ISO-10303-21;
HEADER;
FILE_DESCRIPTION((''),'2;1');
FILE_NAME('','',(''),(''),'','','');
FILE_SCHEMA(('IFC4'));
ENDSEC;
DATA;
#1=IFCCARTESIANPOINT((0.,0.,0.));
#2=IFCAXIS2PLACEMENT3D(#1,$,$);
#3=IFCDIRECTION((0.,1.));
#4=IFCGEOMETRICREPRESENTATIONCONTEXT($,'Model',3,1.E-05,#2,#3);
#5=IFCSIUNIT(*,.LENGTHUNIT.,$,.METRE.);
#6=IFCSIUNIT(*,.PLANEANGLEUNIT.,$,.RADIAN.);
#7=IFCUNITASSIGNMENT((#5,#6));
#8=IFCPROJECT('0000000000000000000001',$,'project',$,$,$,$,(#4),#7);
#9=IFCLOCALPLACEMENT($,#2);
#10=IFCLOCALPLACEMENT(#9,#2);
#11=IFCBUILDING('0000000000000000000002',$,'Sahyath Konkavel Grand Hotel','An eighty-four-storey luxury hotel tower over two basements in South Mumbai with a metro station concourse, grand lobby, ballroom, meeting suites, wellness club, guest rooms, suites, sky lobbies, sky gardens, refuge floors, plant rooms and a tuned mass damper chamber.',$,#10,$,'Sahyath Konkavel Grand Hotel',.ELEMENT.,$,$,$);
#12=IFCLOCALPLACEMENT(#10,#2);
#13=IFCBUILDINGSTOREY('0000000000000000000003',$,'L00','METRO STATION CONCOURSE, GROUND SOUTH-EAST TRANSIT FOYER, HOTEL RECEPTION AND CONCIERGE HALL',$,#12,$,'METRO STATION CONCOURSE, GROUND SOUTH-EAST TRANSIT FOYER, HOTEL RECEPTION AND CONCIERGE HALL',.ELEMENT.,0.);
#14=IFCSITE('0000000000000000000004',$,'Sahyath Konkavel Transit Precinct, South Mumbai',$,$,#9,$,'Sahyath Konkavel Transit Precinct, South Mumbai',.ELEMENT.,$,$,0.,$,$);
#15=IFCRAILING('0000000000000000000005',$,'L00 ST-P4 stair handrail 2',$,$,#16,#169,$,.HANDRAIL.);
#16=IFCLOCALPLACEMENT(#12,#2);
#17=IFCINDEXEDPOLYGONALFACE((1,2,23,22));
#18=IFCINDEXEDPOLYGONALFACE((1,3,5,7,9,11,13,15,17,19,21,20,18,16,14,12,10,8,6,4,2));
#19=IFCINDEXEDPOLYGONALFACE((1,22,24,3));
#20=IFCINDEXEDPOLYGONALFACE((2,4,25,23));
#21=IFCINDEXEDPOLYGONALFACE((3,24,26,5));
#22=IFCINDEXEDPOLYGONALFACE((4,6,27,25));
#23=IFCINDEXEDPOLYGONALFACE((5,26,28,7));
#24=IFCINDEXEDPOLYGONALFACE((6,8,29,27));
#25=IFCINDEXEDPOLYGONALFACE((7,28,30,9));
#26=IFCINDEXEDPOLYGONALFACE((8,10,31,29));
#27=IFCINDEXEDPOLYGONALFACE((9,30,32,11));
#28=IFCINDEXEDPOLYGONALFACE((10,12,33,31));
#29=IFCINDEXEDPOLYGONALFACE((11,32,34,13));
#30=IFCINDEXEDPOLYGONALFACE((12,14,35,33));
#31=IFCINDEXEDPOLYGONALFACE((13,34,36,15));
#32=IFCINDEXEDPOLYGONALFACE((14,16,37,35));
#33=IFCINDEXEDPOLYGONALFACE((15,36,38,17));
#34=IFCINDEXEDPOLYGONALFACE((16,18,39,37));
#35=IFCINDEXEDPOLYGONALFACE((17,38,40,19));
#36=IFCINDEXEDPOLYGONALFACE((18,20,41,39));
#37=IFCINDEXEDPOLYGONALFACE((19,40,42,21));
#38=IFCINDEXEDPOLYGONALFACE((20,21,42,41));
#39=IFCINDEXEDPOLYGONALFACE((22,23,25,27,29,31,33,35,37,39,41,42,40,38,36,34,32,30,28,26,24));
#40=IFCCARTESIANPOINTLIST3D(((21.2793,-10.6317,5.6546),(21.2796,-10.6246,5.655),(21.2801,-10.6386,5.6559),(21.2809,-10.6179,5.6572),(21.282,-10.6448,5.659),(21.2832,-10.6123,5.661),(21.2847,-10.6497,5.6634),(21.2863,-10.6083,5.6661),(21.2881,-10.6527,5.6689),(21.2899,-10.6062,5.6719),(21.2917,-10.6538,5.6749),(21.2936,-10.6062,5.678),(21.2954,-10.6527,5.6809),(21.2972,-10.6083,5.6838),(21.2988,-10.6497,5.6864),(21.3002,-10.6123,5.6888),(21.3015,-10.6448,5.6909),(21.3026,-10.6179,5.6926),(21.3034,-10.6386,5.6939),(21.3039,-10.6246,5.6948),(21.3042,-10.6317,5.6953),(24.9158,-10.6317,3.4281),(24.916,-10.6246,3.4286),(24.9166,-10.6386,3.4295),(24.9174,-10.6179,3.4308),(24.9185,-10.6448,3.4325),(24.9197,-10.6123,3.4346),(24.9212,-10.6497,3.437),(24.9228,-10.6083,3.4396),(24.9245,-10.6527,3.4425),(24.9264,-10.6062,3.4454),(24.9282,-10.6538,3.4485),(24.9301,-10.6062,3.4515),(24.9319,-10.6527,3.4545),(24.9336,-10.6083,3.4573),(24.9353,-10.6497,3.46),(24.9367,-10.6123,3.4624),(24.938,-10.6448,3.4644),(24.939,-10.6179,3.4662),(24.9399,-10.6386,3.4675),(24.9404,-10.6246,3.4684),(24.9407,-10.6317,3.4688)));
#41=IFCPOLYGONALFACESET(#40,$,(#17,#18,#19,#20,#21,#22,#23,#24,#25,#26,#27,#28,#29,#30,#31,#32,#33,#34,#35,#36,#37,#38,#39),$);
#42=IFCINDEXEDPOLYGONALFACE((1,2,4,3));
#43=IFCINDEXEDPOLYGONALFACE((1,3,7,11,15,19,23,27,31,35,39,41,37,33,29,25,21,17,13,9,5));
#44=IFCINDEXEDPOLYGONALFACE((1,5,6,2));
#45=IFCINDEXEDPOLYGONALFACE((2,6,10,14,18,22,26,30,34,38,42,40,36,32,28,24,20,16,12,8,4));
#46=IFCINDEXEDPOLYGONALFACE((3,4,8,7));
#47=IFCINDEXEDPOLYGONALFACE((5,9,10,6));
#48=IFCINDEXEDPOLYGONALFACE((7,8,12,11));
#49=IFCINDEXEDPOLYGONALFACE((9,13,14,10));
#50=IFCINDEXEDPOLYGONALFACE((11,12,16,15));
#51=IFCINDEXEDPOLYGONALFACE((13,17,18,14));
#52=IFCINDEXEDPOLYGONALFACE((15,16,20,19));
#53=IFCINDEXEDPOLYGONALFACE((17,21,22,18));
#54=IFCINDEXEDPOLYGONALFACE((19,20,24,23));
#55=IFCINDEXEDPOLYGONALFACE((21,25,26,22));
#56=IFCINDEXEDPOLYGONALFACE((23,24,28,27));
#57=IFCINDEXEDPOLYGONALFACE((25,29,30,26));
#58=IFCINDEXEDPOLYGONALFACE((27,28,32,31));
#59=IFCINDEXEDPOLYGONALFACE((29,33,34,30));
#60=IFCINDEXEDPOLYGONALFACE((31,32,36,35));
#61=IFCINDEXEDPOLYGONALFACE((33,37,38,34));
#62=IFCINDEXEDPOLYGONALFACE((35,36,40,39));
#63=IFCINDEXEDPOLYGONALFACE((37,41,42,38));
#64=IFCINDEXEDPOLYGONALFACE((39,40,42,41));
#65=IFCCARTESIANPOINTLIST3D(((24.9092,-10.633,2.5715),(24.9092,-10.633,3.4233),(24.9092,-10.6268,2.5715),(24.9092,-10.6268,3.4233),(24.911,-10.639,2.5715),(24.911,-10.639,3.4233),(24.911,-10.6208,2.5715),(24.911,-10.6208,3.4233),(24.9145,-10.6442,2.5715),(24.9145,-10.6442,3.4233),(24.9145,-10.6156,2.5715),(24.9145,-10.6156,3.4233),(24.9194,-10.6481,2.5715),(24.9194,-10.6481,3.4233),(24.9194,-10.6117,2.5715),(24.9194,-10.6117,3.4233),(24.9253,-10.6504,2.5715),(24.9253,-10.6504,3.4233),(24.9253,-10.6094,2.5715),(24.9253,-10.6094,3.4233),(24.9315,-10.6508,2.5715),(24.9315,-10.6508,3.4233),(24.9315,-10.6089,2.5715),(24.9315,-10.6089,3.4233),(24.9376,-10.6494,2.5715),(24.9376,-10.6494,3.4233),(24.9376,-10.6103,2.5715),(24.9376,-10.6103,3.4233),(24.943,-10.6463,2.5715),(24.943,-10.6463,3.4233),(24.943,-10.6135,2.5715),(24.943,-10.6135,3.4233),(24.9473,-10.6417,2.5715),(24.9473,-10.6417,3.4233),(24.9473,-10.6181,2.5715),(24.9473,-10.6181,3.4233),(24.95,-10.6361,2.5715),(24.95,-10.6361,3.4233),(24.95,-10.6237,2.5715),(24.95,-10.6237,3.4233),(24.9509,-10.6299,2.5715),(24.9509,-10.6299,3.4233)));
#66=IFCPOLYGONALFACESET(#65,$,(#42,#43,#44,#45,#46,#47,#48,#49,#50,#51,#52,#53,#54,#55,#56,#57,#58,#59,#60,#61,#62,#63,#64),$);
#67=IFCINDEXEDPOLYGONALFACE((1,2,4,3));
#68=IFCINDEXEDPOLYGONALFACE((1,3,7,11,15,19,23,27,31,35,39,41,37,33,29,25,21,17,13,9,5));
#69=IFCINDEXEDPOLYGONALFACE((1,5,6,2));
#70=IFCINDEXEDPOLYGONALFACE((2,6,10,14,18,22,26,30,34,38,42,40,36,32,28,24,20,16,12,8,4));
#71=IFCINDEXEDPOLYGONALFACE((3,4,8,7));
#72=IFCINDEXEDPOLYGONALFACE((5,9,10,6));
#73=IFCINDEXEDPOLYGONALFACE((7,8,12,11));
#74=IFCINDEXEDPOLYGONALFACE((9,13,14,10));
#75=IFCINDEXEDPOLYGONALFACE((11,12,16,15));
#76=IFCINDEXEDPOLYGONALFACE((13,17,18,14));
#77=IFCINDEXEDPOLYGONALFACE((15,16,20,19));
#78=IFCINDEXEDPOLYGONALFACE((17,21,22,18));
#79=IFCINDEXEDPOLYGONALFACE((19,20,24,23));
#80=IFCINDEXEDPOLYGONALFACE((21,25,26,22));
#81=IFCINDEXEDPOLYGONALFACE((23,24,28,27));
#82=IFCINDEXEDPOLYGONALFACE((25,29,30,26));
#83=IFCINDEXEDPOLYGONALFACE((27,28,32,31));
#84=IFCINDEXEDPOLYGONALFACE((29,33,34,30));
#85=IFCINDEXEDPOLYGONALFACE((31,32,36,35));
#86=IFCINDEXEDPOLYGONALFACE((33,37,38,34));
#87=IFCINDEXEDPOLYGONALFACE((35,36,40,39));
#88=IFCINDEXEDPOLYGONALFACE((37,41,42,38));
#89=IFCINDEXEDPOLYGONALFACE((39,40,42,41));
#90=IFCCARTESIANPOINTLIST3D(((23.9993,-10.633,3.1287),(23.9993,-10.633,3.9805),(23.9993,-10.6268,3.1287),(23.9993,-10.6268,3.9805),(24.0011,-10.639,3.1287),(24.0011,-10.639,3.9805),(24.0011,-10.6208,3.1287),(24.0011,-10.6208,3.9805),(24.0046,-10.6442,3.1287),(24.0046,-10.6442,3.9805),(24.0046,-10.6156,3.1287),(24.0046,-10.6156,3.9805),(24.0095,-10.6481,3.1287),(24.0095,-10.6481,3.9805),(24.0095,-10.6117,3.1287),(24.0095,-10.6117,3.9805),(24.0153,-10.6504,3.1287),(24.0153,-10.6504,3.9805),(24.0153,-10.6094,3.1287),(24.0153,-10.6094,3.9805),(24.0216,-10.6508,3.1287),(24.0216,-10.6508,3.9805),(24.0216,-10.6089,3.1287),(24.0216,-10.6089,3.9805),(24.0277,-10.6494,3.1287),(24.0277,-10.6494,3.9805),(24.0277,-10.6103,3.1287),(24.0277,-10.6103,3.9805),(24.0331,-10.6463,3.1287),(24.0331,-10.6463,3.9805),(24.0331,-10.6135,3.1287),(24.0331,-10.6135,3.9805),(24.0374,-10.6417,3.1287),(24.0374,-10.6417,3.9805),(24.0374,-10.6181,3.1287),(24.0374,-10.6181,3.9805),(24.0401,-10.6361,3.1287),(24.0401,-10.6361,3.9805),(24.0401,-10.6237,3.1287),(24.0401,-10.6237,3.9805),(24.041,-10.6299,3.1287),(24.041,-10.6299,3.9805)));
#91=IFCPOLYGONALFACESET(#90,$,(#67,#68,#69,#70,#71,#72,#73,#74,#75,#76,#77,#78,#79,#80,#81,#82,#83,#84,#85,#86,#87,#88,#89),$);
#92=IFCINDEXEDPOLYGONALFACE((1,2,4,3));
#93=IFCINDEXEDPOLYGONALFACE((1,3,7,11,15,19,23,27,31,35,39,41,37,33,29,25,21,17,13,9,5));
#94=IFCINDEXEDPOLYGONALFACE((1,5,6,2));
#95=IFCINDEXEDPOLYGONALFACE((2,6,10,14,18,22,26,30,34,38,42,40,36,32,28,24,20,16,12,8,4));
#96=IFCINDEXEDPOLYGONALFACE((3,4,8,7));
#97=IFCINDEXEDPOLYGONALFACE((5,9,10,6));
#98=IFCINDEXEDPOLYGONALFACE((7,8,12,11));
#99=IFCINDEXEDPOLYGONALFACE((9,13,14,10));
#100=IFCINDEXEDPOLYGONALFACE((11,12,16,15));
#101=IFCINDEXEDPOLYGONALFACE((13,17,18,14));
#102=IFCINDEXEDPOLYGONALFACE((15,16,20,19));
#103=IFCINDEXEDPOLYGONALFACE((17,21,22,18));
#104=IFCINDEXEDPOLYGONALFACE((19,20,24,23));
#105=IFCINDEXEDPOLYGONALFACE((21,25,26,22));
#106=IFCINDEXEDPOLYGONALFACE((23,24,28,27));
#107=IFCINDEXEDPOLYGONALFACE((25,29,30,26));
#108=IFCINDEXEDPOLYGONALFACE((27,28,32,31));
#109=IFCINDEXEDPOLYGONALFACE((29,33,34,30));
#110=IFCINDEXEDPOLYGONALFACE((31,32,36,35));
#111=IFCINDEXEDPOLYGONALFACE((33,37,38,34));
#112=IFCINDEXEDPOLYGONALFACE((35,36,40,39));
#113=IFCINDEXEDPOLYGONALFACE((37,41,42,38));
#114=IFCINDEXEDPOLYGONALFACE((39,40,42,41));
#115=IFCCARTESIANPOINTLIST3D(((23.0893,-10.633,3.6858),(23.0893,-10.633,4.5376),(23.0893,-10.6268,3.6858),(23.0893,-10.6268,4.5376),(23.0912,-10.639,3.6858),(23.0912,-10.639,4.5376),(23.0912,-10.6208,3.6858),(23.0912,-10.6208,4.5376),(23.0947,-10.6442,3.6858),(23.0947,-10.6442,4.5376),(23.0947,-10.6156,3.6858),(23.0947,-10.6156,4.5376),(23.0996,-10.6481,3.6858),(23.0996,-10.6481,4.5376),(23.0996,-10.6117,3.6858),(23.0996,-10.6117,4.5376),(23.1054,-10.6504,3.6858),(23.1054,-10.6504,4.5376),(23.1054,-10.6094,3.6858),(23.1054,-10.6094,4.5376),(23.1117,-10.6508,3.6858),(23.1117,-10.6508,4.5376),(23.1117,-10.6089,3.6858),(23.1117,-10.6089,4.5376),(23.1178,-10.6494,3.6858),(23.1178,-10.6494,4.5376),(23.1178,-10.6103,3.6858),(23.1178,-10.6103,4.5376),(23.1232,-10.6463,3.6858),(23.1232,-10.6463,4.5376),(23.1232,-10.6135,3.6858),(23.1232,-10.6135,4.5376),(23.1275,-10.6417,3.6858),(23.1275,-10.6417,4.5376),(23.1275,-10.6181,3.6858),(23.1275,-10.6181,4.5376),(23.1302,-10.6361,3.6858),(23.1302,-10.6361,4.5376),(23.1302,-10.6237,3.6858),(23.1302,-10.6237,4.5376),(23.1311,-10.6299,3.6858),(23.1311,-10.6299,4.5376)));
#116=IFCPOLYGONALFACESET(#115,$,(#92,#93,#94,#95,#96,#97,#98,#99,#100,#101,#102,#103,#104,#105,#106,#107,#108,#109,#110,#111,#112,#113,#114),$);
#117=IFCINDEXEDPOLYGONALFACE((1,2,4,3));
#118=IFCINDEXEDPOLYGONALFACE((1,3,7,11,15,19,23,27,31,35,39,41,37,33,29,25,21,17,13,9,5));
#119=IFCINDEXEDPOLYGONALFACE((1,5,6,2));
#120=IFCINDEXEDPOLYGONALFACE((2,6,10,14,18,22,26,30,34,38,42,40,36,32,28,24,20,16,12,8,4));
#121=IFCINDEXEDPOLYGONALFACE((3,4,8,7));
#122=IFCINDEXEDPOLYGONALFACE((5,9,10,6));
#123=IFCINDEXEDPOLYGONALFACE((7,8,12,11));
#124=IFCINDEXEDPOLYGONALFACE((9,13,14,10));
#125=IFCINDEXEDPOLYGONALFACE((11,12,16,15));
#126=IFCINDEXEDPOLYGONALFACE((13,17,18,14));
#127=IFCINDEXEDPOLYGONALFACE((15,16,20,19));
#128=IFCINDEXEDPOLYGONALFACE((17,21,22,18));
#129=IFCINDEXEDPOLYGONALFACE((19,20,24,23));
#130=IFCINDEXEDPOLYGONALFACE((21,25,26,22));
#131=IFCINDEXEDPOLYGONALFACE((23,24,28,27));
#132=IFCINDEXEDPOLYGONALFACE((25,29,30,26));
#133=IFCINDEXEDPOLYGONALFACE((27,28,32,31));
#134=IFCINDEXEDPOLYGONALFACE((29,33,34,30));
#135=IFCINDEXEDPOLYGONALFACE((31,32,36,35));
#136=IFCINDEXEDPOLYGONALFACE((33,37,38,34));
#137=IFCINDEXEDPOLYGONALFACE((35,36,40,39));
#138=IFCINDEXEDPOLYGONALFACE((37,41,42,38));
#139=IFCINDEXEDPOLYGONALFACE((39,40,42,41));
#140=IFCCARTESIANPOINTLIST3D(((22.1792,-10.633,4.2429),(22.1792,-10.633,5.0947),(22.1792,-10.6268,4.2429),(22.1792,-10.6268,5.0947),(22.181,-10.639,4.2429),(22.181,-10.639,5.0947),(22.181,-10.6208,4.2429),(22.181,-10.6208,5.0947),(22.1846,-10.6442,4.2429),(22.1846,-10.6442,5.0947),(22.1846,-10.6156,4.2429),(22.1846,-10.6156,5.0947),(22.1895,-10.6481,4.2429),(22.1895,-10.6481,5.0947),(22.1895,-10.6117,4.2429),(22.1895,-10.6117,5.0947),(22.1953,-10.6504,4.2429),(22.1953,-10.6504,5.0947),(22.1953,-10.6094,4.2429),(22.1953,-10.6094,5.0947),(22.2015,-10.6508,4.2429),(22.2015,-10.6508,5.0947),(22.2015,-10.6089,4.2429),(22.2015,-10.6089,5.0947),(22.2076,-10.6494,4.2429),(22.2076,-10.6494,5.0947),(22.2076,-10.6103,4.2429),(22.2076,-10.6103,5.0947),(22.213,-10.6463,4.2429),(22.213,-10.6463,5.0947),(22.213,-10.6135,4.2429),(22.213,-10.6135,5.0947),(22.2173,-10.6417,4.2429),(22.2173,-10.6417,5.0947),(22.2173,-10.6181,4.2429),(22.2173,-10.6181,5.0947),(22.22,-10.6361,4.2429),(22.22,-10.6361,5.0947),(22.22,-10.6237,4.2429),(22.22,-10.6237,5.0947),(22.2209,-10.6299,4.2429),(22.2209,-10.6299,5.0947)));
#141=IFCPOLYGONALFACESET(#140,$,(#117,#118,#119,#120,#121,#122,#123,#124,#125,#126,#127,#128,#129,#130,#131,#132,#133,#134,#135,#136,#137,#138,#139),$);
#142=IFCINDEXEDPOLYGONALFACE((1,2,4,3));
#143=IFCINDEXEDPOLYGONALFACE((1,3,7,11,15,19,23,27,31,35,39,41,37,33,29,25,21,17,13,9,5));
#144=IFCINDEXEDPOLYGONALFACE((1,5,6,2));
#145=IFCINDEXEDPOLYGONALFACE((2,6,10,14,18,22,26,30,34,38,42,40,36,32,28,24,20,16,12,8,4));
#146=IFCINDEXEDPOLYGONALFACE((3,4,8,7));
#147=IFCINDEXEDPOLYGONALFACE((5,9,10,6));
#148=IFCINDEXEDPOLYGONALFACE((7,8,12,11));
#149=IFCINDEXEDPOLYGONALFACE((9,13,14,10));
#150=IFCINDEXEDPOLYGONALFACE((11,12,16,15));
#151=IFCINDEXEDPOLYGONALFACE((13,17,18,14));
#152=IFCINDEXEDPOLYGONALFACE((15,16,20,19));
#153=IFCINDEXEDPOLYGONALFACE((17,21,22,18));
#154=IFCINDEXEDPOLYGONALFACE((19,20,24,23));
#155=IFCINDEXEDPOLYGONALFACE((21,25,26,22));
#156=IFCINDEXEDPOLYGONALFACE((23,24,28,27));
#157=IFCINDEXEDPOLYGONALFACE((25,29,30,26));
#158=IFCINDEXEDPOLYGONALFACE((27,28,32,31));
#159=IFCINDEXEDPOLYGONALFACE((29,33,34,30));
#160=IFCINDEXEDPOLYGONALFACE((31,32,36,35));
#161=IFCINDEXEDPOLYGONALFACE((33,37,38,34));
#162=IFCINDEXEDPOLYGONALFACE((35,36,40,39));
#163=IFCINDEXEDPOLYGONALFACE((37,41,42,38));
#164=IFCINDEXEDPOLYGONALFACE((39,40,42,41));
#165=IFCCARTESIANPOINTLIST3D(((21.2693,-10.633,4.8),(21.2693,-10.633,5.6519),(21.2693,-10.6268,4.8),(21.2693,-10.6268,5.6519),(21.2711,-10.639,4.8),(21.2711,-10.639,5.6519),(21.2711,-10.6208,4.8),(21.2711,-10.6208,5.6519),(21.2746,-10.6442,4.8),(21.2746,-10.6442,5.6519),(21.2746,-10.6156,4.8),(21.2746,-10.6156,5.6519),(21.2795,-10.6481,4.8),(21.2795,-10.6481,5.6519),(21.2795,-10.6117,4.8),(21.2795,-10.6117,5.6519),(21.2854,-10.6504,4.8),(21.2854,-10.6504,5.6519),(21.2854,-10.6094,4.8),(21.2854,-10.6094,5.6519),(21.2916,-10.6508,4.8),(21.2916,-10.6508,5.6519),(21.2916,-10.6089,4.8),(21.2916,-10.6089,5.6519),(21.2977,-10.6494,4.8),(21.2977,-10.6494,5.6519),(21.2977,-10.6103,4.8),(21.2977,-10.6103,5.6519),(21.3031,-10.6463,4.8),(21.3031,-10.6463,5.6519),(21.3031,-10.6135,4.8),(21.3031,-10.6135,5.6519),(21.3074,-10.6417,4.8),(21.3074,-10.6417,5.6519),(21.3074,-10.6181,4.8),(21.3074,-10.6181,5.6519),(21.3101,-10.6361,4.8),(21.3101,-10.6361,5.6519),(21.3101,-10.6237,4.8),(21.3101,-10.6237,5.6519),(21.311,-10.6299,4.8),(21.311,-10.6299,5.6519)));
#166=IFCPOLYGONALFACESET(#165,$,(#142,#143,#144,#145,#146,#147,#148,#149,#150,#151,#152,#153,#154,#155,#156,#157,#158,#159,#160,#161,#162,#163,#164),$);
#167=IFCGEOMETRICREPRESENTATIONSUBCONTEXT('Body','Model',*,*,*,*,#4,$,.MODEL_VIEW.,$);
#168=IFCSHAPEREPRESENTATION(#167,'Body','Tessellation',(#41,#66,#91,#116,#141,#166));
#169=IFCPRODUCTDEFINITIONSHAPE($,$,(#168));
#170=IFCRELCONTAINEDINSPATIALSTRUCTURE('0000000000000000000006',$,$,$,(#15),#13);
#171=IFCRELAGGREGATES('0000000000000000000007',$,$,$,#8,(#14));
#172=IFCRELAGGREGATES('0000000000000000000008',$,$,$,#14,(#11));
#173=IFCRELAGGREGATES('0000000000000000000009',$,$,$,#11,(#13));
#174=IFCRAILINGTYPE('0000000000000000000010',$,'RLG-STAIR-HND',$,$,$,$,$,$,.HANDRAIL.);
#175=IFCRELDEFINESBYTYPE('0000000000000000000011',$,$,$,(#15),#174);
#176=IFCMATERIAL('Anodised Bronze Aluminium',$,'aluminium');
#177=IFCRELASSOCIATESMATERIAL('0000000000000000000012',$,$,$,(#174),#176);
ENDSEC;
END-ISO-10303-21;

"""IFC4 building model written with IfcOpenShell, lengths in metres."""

from ifc_helpers import new_model, si_unit, direction, frame, origin, origin_2d, place, context, subcontext, project, spatial, circle, extrude, material, type_object, element, save


model = new_model("IFC4")

# Units and contexts
model_context = context("Model", 3, precision=1e-05, world=origin(), true_north=direction((0.0, 1.0)))
body_context = subcontext(model_context, "Body", "Model", "MODEL_VIEW")
ifc_project = project(units=[si_unit("LENGTHUNIT", "METRE"), si_unit("PLANEANGLEUNIT", "RADIAN")], contexts=[model_context])

# Site, building, storey
site_placement = place(None, origin())
site = spatial("IfcSite", under=ifc_project, at=site_placement, Name="Sahyath Konkavel Transit Precinct, South Mumbai", LongName="Sahyath Konkavel Transit Precinct, South Mumbai", CompositionType="ELEMENT", RefElevation=0.0)
building_placement = place(site_placement, origin())
building = spatial("IfcBuilding", under=site, at=building_placement, Name="Sahyath Konkavel Grand Hotel", Description="An eighty-four-storey luxury hotel tower over two basements in South Mumbai with a metro station concourse, grand lobby, ballroom, meeting suites, wellness club, guest rooms, suites, sky lobbies, sky gardens, refuge floors, plant rooms and a tuned mass damper chamber.", LongName="Sahyath Konkavel Grand Hotel", CompositionType="ELEMENT")
storey_placement = place(building_placement, origin())
storey = spatial("IfcBuildingStorey", under=building, at=storey_placement, Name="L00", Description="METRO STATION CONCOURSE, GROUND SOUTH-EAST TRANSIT FOYER, HOTEL RECEPTION AND CONCIERGE HALL", LongName="METRO STATION CONCOURSE, GROUND SOUTH-EAST TRANSIT FOYER, HOTEL RECEPTION AND CONCIERGE HALL", CompositionType="ELEMENT", Elevation=0.0)

# Railing
ifc_material_1 = material(Name="Anodised Bronze Aluminium", Category="aluminium")
railing_type_1 = type_object("IfcRailingType", Name="RLG-STAIR-HND", PredefinedType="HANDRAIL", material=ifc_material_1)
railing_1_placement = place(storey_placement, frame((24.9299, -10.6299, 2.5715)))
element("IfcRailing", 1, at=railing_1_placement, inside=storey, type_object=railing_type_1, Name="L00 ST-P4 stair handrail 2", PredefinedType="HANDRAIL", context=body_context, shape_type="SweptSolid", body=[
    extrude(circle(Radius=0.0239, at=origin_2d()), frame((-0.0017, 0.0, 0.877), z_axis=(-0.85285, 0.0, 0.522156), x_axis=(0.0, -1.0, 0.0)), (0.0, 0.0, 1.0), 4.2639),
    extrude(circle(Radius=0.021, at=origin_2d()), origin(), (0.0, 0.0, 1.0), 0.8518),
    extrude(circle(Radius=0.021, at=origin_2d()), frame((-0.9099, 0.0, 0.5571)), (0.0, 0.0, 1.0), 0.8518),
    extrude(circle(Radius=0.021, at=origin_2d()), frame((-1.8198, 0.0, 1.1143)), (0.0, 0.0, 1.0), 0.8518),
    extrude(circle(Radius=0.021, at=origin_2d()), frame((-2.73, 0.0, 1.6714)), (0.0, 0.0, 1.0), 0.8518),
    extrude(circle(Radius=0.021, at=origin_2d()), frame((-3.6399, 0.0, 2.2285)), (0.0, 0.0, 1.0), 0.8518),
])

save(model, "model.ifc")
